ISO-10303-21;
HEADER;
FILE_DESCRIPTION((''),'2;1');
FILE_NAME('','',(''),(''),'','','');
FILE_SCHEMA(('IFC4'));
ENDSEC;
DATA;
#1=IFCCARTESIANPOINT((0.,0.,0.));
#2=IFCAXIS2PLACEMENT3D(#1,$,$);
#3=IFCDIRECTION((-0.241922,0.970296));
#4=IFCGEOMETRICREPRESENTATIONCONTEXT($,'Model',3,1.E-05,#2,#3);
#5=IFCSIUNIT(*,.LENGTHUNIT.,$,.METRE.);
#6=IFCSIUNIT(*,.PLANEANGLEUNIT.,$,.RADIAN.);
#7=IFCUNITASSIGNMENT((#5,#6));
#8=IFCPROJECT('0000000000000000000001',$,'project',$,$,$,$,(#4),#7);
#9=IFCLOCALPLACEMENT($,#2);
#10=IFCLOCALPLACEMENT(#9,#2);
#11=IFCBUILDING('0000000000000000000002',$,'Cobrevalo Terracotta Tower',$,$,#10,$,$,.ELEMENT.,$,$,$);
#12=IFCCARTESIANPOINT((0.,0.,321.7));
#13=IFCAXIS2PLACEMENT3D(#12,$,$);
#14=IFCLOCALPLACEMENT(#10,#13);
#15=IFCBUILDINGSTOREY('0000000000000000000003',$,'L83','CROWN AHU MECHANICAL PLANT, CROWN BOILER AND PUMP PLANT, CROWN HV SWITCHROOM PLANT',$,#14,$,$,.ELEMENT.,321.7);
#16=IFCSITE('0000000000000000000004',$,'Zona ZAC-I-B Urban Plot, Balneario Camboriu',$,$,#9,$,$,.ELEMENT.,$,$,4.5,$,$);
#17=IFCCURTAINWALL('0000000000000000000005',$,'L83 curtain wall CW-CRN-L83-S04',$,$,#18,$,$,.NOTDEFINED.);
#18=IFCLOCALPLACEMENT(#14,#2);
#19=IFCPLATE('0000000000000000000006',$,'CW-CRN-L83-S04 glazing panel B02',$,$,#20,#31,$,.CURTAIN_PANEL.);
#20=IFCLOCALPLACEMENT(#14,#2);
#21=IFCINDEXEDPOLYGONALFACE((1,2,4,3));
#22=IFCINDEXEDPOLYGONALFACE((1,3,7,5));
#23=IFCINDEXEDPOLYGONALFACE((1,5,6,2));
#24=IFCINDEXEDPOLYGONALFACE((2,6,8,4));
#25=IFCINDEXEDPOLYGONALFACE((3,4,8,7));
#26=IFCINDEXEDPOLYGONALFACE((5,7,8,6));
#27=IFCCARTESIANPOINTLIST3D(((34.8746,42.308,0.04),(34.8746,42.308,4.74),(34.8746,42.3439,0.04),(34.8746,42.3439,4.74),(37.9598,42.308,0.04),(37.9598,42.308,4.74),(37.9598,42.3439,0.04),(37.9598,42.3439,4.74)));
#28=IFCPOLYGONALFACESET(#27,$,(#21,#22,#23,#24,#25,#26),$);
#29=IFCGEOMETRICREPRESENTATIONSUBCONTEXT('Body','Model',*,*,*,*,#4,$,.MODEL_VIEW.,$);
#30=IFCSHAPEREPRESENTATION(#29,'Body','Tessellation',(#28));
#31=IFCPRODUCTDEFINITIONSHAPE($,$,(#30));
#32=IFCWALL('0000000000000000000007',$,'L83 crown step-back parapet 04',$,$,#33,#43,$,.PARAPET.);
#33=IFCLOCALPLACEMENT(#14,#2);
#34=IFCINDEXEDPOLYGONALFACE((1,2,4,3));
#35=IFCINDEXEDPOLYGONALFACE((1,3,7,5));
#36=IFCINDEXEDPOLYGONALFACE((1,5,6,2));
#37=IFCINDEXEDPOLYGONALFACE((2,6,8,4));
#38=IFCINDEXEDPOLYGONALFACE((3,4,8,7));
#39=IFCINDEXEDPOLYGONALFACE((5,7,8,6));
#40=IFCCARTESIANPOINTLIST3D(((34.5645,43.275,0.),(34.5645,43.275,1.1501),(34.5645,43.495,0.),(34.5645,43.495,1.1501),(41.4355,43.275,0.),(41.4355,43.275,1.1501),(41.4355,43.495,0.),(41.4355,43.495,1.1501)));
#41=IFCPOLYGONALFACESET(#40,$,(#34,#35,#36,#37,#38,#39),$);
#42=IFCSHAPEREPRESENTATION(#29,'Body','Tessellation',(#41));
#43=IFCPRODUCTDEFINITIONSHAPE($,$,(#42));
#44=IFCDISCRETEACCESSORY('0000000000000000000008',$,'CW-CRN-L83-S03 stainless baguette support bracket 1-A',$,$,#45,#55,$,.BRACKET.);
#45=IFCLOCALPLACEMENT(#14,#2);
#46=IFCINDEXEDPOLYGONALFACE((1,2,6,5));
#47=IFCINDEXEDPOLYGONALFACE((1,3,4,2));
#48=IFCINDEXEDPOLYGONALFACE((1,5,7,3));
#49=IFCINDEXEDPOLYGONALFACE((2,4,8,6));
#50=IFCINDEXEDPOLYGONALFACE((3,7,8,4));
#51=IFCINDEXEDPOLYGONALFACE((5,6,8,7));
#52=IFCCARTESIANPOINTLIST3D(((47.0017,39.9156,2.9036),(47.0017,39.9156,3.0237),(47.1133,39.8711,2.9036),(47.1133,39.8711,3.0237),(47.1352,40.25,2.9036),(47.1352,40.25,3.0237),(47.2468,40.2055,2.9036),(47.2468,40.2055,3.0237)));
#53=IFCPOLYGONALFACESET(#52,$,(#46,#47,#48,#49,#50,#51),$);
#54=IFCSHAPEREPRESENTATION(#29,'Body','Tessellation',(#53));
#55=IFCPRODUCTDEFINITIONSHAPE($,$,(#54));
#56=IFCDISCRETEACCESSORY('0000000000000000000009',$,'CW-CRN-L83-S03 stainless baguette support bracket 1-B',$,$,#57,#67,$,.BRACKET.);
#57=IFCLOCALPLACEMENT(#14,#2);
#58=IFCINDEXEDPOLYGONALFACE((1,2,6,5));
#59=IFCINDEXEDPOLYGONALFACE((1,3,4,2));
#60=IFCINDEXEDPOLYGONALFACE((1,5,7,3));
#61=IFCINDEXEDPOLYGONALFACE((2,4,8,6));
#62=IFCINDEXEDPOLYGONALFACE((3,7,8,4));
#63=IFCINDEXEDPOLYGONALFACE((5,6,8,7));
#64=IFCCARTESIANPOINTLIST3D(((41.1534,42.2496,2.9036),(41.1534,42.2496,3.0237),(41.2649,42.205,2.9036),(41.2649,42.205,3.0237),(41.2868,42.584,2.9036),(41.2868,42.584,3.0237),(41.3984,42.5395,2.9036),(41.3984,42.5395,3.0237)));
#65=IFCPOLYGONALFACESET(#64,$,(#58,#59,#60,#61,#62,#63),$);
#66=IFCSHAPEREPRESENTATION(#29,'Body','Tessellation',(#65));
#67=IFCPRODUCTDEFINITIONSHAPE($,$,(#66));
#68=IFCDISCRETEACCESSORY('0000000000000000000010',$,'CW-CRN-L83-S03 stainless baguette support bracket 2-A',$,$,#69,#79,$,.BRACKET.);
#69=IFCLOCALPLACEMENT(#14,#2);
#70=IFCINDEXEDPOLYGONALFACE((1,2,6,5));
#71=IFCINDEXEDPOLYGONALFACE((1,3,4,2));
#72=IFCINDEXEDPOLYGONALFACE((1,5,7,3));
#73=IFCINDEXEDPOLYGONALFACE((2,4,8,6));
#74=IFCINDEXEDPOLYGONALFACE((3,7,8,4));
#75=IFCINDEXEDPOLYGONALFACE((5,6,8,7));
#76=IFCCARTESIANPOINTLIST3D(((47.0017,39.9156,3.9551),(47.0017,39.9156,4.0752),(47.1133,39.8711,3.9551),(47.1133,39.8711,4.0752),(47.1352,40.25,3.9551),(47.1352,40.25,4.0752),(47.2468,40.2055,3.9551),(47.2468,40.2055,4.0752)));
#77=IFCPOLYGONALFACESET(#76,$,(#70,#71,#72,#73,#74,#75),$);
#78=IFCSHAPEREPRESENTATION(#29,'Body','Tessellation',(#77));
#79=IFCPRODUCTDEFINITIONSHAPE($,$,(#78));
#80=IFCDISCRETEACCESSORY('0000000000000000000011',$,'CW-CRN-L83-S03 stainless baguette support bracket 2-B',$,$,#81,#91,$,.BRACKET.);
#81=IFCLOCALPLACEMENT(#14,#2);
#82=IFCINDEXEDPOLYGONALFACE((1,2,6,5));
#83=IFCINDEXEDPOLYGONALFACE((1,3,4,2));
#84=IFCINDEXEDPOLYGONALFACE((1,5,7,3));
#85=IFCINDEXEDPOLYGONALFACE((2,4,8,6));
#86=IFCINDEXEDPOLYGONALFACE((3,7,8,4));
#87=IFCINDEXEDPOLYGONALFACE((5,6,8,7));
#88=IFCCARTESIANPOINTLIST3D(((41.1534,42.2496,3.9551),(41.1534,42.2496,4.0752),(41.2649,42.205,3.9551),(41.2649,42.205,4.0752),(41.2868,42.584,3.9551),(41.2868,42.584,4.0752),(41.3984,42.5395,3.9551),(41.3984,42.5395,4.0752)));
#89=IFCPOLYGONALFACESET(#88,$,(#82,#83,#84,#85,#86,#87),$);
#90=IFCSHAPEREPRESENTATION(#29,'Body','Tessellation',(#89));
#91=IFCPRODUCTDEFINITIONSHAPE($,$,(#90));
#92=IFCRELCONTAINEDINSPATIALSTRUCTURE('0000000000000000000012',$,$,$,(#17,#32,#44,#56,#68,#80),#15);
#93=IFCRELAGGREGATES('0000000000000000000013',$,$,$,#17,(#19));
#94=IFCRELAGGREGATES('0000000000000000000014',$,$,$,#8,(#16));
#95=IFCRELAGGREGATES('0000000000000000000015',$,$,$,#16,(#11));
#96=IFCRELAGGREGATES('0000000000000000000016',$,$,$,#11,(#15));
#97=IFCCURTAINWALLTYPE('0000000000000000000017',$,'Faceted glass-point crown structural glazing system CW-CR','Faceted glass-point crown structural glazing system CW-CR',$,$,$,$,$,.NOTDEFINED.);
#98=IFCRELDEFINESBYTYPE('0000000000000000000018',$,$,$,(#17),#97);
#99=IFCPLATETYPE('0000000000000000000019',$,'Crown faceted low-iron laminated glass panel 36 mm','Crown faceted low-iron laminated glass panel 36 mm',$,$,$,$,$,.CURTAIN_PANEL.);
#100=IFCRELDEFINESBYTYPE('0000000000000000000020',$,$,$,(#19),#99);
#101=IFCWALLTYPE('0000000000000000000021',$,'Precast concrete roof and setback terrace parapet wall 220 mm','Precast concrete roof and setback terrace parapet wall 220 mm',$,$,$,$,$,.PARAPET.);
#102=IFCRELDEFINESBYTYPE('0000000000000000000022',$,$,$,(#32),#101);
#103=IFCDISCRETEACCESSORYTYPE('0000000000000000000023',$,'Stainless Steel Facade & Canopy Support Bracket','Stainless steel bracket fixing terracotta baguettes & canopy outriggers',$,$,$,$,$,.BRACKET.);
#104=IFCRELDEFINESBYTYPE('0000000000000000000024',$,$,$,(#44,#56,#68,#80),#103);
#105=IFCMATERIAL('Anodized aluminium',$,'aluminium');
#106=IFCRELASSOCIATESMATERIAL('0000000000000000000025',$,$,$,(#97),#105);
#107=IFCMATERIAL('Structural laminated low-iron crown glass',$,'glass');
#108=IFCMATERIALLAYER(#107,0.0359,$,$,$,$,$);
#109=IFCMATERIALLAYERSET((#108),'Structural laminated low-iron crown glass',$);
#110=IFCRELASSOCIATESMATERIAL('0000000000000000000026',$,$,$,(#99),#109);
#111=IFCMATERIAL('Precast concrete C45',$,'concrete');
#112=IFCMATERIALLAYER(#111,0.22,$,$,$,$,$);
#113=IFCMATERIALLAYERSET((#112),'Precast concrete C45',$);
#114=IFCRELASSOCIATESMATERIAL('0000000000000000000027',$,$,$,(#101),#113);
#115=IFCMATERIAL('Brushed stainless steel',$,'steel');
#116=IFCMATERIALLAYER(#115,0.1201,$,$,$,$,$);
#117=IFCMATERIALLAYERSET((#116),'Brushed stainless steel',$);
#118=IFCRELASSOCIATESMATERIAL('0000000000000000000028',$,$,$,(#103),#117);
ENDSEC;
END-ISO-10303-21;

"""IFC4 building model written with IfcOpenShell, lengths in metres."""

from ifc_helpers import new_model, si_unit, direction, frame, frame_2d, origin, origin_2d, place, context, subcontext, project, spatial, rectangle, extrude, source, transform, mapped, material, layer, layer_set, type_object, element, aggregate, save


model = new_model("IFC4")

# Units and contexts
model_context = context("Model", 3, precision=1e-05, world=origin(), true_north=direction((-0.241922, 0.970296)))
body_context = subcontext(model_context, "Body", "Model", "MODEL_VIEW")
ifc_project = project(units=[si_unit("LENGTHUNIT", "METRE"), si_unit("PLANEANGLEUNIT", "RADIAN")], contexts=[model_context])

# Site, building, storey
site_placement = place(None, origin())
site = spatial("IfcSite", under=ifc_project, at=site_placement, Name="Zona ZAC-I-B Urban Plot, Balneario Camboriu", CompositionType="ELEMENT", RefElevation=4.5)
building_placement = place(site_placement, origin())
building = spatial("IfcBuilding", under=site, at=building_placement, Name="Cobrevalo Terracotta Tower", CompositionType="ELEMENT")
storey_placement = place(building_placement, frame((0.0, 0.0, 321.7)))
storey = spatial("IfcBuildingStorey", under=building, at=storey_placement, Name="L83", Description="CROWN AHU MECHANICAL PLANT, CROWN BOILER AND PUMP PLANT, CROWN HV SWITCHROOM PLANT", CompositionType="ELEMENT", Elevation=321.7)

# Curtain wall
ifc_material_1 = material(Name="Anodized aluminium", Category="aluminium")
curtain_wall_type = type_object("IfcCurtainWallType", Name="Faceted glass-point crown structural glazing system CW-CR", Description="Faceted glass-point crown structural glazing system CW-CR", PredefinedType="NOTDEFINED", material=ifc_material_1)
curtain_wall_1_placement = place(storey_placement, origin())
curtain_wall_1 = element("IfcCurtainWall", 1, at=curtain_wall_1_placement, inside=storey, type_object=curtain_wall_type, Name="L83 curtain wall CW-CRN-L83-S04", PredefinedType="NOTDEFINED")

# Plate
ifc_material_2 = material(Name="Structural laminated low-iron crown glass", Category="glass")
ifc_layer_1 = layer(ifc_material_2, 0.0359)
ifc_layer_set_1 = layer_set([ifc_layer_1], Name="Structural laminated low-iron crown glass")
plate_type = type_object("IfcPlateType", Name="Crown faceted low-iron laminated glass panel 36 mm", Description="Crown faceted low-iron laminated glass panel 36 mm", PredefinedType="CURTAIN_PANEL", material=ifc_layer_set_1)
shared_shape_1 = source(origin(), body_context, "Body", "SweptSolid", [
    extrude(rectangle(XDim=3.0852, YDim=0.0359, at=origin_2d()), origin(), (0.0, 0.0, 1.0), 4.7),
])
plate_1_placement = place(storey_placement, frame((36.4172, 42.3259, 0.04), z_axis=(0.0, 0.0, 1.0), x_axis=(-1.0, 0.0, 0.0)))
plate_1 = element("IfcPlate", 2, at=plate_1_placement, type_object=plate_type, Name="CW-CRN-L83-S04 glazing panel B02", PredefinedType="CURTAIN_PANEL", context=body_context, shape_type="MappedRepresentation", body=[
    mapped(shared_shape_1, transform((0.0, 0.0, 0.0), scale=1.0)),
])
aggregate(curtain_wall_1, [plate_1])

# Wall
ifc_material_3 = material(Name="Precast concrete C45", Category="concrete")
ifc_layer_2 = layer(ifc_material_3, 0.22)
ifc_layer_set_2 = layer_set([ifc_layer_2], Name="Precast concrete C45")
wall_type = type_object("IfcWallType", Name="Precast concrete roof and setback terrace parapet wall 220 mm", Description="Precast concrete roof and setback terrace parapet wall 220 mm", PredefinedType="PARAPET", material=ifc_layer_set_2)
wall_placement = place(storey_placement, frame((41.4355, 43.385, 0.0), z_axis=(0.0, 0.0, 1.0), x_axis=(-1.0, 0.0, 0.0)))
element("IfcWall", 3, at=wall_placement, inside=storey, type_object=wall_type, Name="L83 crown step-back parapet 04", PredefinedType="PARAPET", context=body_context, shape_type="SweptSolid", body=[
    extrude(rectangle(XDim=6.8711, YDim=0.22, at=frame_2d((3.4355, 0.0))), origin(), (0.0, 0.0, 1.0), 1.1501),
])

# Discrete accessories
ifc_material_4 = material(Name="Brushed stainless steel", Category="steel")
ifc_layer_3 = layer(ifc_material_4, 0.1201)
ifc_layer_set_3 = layer_set([ifc_layer_3], Name="Brushed stainless steel")
discrete_accessory_type = type_object("IfcDiscreteAccessoryType", Name="Stainless Steel Facade & Canopy Support Bracket", Description="Stainless steel bracket fixing terracotta baguettes & canopy outriggers", PredefinedType="BRACKET", material=ifc_layer_set_3)
shared_shape_2 = source(origin(), body_context, "Body", "SweptSolid", [
    extrude(rectangle(XDim=0.1201, YDim=0.3601, at=origin_2d()), origin(), (0.0, 0.0, 1.0), 0.1201),
])
for number, where, z_axis, x_axis, name in (
    (4, (47.1243, 40.0605, 2.9036), (0.0, 0.0, 1.0), (-0.928769, 0.37066, 0.0), "CW-CRN-L83-S03 stainless baguette support bracket 1-A"),
    (5, (41.2759, 42.3945, 2.9036), (0.0, 0.0, 1.0), (-0.928769, 0.37066, 0.0), "CW-CRN-L83-S03 stainless baguette support bracket 1-B"),
    (6, (47.1243, 40.0605, 3.9551), (0.0, 0.0, 1.0), (-0.928769, 0.37066, 0.0), "CW-CRN-L83-S03 stainless baguette support bracket 2-A"),
    (7, (41.2759, 42.3945, 3.9551), (0.0, 0.0, 1.0), (-0.928769, 0.37066, 0.0), "CW-CRN-L83-S03 stainless baguette support bracket 2-B"),
):
    element("IfcDiscreteAccessory", number, at=place(storey_placement, frame(where, z_axis=z_axis, x_axis=x_axis)), inside=storey, type_object=discrete_accessory_type, Name=name, PredefinedType="BRACKET", context=body_context, shape_type="MappedRepresentation", body=[
        mapped(shared_shape_2, transform((0.0, 0.0, 0.0), scale=1.0)),
    ])

save(model, "model.ifc")
